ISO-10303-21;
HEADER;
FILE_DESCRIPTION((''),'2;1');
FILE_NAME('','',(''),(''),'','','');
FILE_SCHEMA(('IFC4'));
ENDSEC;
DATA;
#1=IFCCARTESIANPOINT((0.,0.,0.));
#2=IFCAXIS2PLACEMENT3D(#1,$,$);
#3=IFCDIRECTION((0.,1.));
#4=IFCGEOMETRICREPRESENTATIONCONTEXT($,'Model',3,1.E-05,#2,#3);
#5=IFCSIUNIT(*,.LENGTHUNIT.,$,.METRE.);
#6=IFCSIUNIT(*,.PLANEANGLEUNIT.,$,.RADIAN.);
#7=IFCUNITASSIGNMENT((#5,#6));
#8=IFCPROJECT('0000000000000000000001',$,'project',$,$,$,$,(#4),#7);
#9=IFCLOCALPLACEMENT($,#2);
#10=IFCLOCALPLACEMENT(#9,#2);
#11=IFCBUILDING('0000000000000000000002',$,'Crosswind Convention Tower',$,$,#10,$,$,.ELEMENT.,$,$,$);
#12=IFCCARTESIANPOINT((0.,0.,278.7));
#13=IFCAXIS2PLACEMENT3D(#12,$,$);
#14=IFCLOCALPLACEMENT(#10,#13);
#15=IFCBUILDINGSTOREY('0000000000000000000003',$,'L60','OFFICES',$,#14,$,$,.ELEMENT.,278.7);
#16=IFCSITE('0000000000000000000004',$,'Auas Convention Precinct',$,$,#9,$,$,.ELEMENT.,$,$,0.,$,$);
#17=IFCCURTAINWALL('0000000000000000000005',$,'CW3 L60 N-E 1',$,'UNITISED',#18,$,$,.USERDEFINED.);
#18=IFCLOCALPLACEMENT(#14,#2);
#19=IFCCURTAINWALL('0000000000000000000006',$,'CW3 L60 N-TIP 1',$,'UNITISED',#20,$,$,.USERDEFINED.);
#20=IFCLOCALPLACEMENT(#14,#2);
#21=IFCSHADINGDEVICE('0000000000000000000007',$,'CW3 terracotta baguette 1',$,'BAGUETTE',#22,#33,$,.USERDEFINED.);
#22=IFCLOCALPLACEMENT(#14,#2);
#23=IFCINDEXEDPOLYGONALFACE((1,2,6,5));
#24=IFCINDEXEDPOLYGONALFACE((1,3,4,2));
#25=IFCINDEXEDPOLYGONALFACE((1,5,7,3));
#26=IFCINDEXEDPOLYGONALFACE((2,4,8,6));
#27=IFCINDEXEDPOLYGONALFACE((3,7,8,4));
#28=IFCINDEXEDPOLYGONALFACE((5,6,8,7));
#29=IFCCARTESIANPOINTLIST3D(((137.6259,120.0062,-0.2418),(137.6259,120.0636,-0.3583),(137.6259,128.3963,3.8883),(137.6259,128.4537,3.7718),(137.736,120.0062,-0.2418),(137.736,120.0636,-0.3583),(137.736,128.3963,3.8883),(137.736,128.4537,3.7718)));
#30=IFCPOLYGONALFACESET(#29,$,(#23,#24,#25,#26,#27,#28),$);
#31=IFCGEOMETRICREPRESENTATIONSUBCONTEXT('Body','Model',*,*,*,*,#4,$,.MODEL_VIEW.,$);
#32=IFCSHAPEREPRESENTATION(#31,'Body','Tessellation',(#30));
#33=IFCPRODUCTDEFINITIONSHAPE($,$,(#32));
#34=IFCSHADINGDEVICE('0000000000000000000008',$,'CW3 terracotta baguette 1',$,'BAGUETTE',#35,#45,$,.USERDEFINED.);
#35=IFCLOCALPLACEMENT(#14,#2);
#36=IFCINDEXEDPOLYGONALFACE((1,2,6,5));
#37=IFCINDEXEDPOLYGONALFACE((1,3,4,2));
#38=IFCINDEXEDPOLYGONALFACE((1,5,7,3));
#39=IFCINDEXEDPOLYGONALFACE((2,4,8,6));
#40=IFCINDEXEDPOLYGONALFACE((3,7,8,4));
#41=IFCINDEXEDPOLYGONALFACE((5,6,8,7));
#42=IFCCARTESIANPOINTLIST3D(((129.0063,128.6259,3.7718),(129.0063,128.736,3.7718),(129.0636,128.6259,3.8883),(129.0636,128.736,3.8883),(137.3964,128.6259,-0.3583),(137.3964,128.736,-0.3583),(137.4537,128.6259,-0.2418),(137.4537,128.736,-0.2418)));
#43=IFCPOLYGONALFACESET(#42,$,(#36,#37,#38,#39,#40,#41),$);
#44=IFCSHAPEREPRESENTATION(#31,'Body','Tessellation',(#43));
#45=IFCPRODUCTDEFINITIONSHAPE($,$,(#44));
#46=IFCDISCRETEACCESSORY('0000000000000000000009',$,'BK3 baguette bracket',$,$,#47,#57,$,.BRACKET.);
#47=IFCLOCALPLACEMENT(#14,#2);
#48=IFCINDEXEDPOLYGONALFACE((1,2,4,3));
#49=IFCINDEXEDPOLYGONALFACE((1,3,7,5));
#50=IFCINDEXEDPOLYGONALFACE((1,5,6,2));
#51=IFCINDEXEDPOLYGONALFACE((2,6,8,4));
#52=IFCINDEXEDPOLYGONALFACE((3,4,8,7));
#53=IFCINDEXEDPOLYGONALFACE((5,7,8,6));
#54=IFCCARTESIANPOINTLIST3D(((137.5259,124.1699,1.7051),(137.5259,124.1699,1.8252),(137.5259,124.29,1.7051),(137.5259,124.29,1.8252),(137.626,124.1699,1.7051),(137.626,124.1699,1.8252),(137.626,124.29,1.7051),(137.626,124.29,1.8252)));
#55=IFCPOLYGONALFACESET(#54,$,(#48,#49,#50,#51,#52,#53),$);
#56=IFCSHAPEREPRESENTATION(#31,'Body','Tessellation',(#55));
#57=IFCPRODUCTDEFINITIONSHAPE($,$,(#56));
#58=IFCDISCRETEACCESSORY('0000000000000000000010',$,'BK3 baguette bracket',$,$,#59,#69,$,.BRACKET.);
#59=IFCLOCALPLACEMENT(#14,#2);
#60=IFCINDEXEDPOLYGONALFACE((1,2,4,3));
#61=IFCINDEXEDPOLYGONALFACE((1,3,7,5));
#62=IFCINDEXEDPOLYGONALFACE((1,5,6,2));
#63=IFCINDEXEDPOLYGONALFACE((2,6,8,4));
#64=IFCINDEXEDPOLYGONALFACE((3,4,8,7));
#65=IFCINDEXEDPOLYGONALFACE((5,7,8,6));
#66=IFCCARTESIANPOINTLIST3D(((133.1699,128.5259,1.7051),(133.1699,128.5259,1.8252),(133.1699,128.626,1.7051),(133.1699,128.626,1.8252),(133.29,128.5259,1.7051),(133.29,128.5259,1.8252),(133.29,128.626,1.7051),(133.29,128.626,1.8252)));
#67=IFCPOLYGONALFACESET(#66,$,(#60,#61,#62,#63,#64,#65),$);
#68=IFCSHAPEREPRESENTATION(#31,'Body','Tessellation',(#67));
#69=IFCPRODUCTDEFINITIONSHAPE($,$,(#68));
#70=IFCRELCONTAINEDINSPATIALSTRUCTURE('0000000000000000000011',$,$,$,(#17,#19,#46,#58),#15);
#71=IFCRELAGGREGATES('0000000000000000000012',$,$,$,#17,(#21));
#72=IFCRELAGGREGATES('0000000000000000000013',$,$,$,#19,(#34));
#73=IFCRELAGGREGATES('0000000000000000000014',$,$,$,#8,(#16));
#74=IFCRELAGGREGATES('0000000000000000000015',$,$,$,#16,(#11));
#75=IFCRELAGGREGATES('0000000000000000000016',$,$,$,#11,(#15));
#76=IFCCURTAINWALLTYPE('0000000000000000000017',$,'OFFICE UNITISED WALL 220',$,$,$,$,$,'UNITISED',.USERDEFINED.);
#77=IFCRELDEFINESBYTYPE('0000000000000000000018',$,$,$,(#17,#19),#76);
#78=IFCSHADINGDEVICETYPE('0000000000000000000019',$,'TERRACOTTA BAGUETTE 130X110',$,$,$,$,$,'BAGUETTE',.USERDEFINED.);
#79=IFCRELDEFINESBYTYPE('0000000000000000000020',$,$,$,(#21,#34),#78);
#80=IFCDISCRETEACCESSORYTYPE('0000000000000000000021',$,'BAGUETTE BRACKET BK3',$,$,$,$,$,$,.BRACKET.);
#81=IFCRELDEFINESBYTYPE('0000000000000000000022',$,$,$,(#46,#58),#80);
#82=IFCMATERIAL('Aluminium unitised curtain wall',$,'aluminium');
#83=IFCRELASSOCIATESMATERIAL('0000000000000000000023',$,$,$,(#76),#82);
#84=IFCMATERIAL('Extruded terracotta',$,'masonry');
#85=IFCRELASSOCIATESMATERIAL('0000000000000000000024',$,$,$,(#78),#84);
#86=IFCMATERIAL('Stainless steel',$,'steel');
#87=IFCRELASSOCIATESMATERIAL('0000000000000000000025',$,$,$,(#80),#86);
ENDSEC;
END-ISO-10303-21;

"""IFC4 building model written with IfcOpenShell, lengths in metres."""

from ifc_helpers import new_model, si_unit, direction, frame, origin, origin_2d, place, context, subcontext, project, spatial, rectangle, extrude, material, material_profile, profile_set, type_object, element, aggregate, save


model = new_model("IFC4")

# Units and contexts
model_context = context("Model", 3, precision=1e-05, world=origin(), true_north=direction((0.0, 1.0)))
body_context = subcontext(model_context, "Body", "Model", "MODEL_VIEW")
ifc_project = project(units=[si_unit("LENGTHUNIT", "METRE"), si_unit("PLANEANGLEUNIT", "RADIAN")], contexts=[model_context])

# Site, building, storey
site_placement = place(None, origin())
site = spatial("IfcSite", under=ifc_project, at=site_placement, Name="Auas Convention Precinct", CompositionType="ELEMENT", RefElevation=0.0)
building_placement = place(site_placement, origin())
building = spatial("IfcBuilding", under=site, at=building_placement, Name="Crosswind Convention Tower", CompositionType="ELEMENT")
storey_placement = place(building_placement, frame((0.0, 0.0, 278.7)))
storey = spatial("IfcBuildingStorey", under=building, at=storey_placement, Name="L60", Description="OFFICES", CompositionType="ELEMENT", Elevation=278.7)

# Curtain wall
ifc_material_1 = material(Name="Aluminium unitised curtain wall", Category="aluminium")
curtain_wall_type_1 = type_object("IfcCurtainWallType", Name="OFFICE UNITISED WALL 220", ElementType="UNITISED", PredefinedType="USERDEFINED", material=ifc_material_1)
curtain_wall_1_placement = place(storey_placement, origin())
curtain_wall_1 = element("IfcCurtainWall", 1, at=curtain_wall_1_placement, inside=storey, type_object=curtain_wall_type_1, Name="CW3 L60 N-E 1", ObjectType="UNITISED", PredefinedType="USERDEFINED")

# Curtain wall
curtain_wall_2_placement = place(storey_placement, origin())
curtain_wall_2 = element("IfcCurtainWall", 2, at=curtain_wall_2_placement, inside=storey, type_object=curtain_wall_type_1, Name="CW3 L60 N-TIP 1", ObjectType="UNITISED", PredefinedType="USERDEFINED")

# Shading devices
ifc_material_2 = material(Name="Extruded terracotta", Category="masonry")
ifc_material_profile_1 = material_profile(ifc_material_2, rectangle(XDim=0.1101, YDim=0.1299, at=origin_2d()), Name="TC 110X130")
ifc_profile_set_1 = profile_set([ifc_material_profile_1], Name="Extruded terracotta")
shading_device_type = type_object("IfcShadingDeviceType", Name="TERRACOTTA BAGUETTE 130X110", ElementType="BAGUETTE", PredefinedType="USERDEFINED", material=ifc_profile_set_1)
shading_device_1_placement = place(storey_placement, frame((137.6809, 120.0349, -0.3), z_axis=(0.0, 0.897188, 0.441649), x_axis=(-1.0, 0.0, 0.0)))
shading_device_1 = element("IfcShadingDevice", 3, at=shading_device_1_placement, type_object=shading_device_type, Name="CW3 terracotta baguette 1", ObjectType="BAGUETTE", PredefinedType="USERDEFINED", context=body_context, shape_type="SweptSolid", body=[
    extrude(rectangle(XDim=0.1101, YDim=0.1299, at=origin_2d()), origin(), (0.0, 0.0, 1.0), 9.3516),
])
aggregate(curtain_wall_1, [shading_device_1])
shading_device_2_placement = place(storey_placement, frame((137.425, 128.6809, -0.3), z_axis=(-0.897188, 0.0, 0.441649), x_axis=(0.0, -1.0, 0.0)))
shading_device_2 = element("IfcShadingDevice", 4, at=shading_device_2_placement, type_object=shading_device_type, Name="CW3 terracotta baguette 1", ObjectType="BAGUETTE", PredefinedType="USERDEFINED", context=body_context, shape_type="SweptSolid", body=[
    extrude(rectangle(XDim=0.1101, YDim=0.1299, at=origin_2d()), origin(), (0.0, 0.0, 1.0), 9.3516),
])
aggregate(curtain_wall_2, [shading_device_2])

# Discrete accessories
ifc_material_3 = material(Name="Stainless steel", Category="steel")
discrete_accessory_type = type_object("IfcDiscreteAccessoryType", Name="BAGUETTE BRACKET BK3", PredefinedType="BRACKET", material=ifc_material_3)
for number, where, z_axis, x_axis, name in (
    (5, (137.5759, 124.23, 1.7051), (0.0, 0.0, 1.0), (0.0, 1.0, 0.0), "BK3 baguette bracket"),
    (6, (133.23, 128.5759, 1.7051), (0.0, 0.0, 1.0), (-1.0, 0.0, 0.0), "BK3 baguette bracket"),
):
    element("IfcDiscreteAccessory", number, at=place(storey_placement, frame(where, z_axis=z_axis, x_axis=x_axis)), inside=storey, type_object=discrete_accessory_type, Name=name, PredefinedType="BRACKET", context=body_context, shape_type="SweptSolid", body=[
        extrude(rectangle(XDim=0.1201, YDim=0.1001, at=origin_2d()), origin(), (0.0, 0.0, 1.0), 0.1201),
    ])

save(model, "model.ifc")
